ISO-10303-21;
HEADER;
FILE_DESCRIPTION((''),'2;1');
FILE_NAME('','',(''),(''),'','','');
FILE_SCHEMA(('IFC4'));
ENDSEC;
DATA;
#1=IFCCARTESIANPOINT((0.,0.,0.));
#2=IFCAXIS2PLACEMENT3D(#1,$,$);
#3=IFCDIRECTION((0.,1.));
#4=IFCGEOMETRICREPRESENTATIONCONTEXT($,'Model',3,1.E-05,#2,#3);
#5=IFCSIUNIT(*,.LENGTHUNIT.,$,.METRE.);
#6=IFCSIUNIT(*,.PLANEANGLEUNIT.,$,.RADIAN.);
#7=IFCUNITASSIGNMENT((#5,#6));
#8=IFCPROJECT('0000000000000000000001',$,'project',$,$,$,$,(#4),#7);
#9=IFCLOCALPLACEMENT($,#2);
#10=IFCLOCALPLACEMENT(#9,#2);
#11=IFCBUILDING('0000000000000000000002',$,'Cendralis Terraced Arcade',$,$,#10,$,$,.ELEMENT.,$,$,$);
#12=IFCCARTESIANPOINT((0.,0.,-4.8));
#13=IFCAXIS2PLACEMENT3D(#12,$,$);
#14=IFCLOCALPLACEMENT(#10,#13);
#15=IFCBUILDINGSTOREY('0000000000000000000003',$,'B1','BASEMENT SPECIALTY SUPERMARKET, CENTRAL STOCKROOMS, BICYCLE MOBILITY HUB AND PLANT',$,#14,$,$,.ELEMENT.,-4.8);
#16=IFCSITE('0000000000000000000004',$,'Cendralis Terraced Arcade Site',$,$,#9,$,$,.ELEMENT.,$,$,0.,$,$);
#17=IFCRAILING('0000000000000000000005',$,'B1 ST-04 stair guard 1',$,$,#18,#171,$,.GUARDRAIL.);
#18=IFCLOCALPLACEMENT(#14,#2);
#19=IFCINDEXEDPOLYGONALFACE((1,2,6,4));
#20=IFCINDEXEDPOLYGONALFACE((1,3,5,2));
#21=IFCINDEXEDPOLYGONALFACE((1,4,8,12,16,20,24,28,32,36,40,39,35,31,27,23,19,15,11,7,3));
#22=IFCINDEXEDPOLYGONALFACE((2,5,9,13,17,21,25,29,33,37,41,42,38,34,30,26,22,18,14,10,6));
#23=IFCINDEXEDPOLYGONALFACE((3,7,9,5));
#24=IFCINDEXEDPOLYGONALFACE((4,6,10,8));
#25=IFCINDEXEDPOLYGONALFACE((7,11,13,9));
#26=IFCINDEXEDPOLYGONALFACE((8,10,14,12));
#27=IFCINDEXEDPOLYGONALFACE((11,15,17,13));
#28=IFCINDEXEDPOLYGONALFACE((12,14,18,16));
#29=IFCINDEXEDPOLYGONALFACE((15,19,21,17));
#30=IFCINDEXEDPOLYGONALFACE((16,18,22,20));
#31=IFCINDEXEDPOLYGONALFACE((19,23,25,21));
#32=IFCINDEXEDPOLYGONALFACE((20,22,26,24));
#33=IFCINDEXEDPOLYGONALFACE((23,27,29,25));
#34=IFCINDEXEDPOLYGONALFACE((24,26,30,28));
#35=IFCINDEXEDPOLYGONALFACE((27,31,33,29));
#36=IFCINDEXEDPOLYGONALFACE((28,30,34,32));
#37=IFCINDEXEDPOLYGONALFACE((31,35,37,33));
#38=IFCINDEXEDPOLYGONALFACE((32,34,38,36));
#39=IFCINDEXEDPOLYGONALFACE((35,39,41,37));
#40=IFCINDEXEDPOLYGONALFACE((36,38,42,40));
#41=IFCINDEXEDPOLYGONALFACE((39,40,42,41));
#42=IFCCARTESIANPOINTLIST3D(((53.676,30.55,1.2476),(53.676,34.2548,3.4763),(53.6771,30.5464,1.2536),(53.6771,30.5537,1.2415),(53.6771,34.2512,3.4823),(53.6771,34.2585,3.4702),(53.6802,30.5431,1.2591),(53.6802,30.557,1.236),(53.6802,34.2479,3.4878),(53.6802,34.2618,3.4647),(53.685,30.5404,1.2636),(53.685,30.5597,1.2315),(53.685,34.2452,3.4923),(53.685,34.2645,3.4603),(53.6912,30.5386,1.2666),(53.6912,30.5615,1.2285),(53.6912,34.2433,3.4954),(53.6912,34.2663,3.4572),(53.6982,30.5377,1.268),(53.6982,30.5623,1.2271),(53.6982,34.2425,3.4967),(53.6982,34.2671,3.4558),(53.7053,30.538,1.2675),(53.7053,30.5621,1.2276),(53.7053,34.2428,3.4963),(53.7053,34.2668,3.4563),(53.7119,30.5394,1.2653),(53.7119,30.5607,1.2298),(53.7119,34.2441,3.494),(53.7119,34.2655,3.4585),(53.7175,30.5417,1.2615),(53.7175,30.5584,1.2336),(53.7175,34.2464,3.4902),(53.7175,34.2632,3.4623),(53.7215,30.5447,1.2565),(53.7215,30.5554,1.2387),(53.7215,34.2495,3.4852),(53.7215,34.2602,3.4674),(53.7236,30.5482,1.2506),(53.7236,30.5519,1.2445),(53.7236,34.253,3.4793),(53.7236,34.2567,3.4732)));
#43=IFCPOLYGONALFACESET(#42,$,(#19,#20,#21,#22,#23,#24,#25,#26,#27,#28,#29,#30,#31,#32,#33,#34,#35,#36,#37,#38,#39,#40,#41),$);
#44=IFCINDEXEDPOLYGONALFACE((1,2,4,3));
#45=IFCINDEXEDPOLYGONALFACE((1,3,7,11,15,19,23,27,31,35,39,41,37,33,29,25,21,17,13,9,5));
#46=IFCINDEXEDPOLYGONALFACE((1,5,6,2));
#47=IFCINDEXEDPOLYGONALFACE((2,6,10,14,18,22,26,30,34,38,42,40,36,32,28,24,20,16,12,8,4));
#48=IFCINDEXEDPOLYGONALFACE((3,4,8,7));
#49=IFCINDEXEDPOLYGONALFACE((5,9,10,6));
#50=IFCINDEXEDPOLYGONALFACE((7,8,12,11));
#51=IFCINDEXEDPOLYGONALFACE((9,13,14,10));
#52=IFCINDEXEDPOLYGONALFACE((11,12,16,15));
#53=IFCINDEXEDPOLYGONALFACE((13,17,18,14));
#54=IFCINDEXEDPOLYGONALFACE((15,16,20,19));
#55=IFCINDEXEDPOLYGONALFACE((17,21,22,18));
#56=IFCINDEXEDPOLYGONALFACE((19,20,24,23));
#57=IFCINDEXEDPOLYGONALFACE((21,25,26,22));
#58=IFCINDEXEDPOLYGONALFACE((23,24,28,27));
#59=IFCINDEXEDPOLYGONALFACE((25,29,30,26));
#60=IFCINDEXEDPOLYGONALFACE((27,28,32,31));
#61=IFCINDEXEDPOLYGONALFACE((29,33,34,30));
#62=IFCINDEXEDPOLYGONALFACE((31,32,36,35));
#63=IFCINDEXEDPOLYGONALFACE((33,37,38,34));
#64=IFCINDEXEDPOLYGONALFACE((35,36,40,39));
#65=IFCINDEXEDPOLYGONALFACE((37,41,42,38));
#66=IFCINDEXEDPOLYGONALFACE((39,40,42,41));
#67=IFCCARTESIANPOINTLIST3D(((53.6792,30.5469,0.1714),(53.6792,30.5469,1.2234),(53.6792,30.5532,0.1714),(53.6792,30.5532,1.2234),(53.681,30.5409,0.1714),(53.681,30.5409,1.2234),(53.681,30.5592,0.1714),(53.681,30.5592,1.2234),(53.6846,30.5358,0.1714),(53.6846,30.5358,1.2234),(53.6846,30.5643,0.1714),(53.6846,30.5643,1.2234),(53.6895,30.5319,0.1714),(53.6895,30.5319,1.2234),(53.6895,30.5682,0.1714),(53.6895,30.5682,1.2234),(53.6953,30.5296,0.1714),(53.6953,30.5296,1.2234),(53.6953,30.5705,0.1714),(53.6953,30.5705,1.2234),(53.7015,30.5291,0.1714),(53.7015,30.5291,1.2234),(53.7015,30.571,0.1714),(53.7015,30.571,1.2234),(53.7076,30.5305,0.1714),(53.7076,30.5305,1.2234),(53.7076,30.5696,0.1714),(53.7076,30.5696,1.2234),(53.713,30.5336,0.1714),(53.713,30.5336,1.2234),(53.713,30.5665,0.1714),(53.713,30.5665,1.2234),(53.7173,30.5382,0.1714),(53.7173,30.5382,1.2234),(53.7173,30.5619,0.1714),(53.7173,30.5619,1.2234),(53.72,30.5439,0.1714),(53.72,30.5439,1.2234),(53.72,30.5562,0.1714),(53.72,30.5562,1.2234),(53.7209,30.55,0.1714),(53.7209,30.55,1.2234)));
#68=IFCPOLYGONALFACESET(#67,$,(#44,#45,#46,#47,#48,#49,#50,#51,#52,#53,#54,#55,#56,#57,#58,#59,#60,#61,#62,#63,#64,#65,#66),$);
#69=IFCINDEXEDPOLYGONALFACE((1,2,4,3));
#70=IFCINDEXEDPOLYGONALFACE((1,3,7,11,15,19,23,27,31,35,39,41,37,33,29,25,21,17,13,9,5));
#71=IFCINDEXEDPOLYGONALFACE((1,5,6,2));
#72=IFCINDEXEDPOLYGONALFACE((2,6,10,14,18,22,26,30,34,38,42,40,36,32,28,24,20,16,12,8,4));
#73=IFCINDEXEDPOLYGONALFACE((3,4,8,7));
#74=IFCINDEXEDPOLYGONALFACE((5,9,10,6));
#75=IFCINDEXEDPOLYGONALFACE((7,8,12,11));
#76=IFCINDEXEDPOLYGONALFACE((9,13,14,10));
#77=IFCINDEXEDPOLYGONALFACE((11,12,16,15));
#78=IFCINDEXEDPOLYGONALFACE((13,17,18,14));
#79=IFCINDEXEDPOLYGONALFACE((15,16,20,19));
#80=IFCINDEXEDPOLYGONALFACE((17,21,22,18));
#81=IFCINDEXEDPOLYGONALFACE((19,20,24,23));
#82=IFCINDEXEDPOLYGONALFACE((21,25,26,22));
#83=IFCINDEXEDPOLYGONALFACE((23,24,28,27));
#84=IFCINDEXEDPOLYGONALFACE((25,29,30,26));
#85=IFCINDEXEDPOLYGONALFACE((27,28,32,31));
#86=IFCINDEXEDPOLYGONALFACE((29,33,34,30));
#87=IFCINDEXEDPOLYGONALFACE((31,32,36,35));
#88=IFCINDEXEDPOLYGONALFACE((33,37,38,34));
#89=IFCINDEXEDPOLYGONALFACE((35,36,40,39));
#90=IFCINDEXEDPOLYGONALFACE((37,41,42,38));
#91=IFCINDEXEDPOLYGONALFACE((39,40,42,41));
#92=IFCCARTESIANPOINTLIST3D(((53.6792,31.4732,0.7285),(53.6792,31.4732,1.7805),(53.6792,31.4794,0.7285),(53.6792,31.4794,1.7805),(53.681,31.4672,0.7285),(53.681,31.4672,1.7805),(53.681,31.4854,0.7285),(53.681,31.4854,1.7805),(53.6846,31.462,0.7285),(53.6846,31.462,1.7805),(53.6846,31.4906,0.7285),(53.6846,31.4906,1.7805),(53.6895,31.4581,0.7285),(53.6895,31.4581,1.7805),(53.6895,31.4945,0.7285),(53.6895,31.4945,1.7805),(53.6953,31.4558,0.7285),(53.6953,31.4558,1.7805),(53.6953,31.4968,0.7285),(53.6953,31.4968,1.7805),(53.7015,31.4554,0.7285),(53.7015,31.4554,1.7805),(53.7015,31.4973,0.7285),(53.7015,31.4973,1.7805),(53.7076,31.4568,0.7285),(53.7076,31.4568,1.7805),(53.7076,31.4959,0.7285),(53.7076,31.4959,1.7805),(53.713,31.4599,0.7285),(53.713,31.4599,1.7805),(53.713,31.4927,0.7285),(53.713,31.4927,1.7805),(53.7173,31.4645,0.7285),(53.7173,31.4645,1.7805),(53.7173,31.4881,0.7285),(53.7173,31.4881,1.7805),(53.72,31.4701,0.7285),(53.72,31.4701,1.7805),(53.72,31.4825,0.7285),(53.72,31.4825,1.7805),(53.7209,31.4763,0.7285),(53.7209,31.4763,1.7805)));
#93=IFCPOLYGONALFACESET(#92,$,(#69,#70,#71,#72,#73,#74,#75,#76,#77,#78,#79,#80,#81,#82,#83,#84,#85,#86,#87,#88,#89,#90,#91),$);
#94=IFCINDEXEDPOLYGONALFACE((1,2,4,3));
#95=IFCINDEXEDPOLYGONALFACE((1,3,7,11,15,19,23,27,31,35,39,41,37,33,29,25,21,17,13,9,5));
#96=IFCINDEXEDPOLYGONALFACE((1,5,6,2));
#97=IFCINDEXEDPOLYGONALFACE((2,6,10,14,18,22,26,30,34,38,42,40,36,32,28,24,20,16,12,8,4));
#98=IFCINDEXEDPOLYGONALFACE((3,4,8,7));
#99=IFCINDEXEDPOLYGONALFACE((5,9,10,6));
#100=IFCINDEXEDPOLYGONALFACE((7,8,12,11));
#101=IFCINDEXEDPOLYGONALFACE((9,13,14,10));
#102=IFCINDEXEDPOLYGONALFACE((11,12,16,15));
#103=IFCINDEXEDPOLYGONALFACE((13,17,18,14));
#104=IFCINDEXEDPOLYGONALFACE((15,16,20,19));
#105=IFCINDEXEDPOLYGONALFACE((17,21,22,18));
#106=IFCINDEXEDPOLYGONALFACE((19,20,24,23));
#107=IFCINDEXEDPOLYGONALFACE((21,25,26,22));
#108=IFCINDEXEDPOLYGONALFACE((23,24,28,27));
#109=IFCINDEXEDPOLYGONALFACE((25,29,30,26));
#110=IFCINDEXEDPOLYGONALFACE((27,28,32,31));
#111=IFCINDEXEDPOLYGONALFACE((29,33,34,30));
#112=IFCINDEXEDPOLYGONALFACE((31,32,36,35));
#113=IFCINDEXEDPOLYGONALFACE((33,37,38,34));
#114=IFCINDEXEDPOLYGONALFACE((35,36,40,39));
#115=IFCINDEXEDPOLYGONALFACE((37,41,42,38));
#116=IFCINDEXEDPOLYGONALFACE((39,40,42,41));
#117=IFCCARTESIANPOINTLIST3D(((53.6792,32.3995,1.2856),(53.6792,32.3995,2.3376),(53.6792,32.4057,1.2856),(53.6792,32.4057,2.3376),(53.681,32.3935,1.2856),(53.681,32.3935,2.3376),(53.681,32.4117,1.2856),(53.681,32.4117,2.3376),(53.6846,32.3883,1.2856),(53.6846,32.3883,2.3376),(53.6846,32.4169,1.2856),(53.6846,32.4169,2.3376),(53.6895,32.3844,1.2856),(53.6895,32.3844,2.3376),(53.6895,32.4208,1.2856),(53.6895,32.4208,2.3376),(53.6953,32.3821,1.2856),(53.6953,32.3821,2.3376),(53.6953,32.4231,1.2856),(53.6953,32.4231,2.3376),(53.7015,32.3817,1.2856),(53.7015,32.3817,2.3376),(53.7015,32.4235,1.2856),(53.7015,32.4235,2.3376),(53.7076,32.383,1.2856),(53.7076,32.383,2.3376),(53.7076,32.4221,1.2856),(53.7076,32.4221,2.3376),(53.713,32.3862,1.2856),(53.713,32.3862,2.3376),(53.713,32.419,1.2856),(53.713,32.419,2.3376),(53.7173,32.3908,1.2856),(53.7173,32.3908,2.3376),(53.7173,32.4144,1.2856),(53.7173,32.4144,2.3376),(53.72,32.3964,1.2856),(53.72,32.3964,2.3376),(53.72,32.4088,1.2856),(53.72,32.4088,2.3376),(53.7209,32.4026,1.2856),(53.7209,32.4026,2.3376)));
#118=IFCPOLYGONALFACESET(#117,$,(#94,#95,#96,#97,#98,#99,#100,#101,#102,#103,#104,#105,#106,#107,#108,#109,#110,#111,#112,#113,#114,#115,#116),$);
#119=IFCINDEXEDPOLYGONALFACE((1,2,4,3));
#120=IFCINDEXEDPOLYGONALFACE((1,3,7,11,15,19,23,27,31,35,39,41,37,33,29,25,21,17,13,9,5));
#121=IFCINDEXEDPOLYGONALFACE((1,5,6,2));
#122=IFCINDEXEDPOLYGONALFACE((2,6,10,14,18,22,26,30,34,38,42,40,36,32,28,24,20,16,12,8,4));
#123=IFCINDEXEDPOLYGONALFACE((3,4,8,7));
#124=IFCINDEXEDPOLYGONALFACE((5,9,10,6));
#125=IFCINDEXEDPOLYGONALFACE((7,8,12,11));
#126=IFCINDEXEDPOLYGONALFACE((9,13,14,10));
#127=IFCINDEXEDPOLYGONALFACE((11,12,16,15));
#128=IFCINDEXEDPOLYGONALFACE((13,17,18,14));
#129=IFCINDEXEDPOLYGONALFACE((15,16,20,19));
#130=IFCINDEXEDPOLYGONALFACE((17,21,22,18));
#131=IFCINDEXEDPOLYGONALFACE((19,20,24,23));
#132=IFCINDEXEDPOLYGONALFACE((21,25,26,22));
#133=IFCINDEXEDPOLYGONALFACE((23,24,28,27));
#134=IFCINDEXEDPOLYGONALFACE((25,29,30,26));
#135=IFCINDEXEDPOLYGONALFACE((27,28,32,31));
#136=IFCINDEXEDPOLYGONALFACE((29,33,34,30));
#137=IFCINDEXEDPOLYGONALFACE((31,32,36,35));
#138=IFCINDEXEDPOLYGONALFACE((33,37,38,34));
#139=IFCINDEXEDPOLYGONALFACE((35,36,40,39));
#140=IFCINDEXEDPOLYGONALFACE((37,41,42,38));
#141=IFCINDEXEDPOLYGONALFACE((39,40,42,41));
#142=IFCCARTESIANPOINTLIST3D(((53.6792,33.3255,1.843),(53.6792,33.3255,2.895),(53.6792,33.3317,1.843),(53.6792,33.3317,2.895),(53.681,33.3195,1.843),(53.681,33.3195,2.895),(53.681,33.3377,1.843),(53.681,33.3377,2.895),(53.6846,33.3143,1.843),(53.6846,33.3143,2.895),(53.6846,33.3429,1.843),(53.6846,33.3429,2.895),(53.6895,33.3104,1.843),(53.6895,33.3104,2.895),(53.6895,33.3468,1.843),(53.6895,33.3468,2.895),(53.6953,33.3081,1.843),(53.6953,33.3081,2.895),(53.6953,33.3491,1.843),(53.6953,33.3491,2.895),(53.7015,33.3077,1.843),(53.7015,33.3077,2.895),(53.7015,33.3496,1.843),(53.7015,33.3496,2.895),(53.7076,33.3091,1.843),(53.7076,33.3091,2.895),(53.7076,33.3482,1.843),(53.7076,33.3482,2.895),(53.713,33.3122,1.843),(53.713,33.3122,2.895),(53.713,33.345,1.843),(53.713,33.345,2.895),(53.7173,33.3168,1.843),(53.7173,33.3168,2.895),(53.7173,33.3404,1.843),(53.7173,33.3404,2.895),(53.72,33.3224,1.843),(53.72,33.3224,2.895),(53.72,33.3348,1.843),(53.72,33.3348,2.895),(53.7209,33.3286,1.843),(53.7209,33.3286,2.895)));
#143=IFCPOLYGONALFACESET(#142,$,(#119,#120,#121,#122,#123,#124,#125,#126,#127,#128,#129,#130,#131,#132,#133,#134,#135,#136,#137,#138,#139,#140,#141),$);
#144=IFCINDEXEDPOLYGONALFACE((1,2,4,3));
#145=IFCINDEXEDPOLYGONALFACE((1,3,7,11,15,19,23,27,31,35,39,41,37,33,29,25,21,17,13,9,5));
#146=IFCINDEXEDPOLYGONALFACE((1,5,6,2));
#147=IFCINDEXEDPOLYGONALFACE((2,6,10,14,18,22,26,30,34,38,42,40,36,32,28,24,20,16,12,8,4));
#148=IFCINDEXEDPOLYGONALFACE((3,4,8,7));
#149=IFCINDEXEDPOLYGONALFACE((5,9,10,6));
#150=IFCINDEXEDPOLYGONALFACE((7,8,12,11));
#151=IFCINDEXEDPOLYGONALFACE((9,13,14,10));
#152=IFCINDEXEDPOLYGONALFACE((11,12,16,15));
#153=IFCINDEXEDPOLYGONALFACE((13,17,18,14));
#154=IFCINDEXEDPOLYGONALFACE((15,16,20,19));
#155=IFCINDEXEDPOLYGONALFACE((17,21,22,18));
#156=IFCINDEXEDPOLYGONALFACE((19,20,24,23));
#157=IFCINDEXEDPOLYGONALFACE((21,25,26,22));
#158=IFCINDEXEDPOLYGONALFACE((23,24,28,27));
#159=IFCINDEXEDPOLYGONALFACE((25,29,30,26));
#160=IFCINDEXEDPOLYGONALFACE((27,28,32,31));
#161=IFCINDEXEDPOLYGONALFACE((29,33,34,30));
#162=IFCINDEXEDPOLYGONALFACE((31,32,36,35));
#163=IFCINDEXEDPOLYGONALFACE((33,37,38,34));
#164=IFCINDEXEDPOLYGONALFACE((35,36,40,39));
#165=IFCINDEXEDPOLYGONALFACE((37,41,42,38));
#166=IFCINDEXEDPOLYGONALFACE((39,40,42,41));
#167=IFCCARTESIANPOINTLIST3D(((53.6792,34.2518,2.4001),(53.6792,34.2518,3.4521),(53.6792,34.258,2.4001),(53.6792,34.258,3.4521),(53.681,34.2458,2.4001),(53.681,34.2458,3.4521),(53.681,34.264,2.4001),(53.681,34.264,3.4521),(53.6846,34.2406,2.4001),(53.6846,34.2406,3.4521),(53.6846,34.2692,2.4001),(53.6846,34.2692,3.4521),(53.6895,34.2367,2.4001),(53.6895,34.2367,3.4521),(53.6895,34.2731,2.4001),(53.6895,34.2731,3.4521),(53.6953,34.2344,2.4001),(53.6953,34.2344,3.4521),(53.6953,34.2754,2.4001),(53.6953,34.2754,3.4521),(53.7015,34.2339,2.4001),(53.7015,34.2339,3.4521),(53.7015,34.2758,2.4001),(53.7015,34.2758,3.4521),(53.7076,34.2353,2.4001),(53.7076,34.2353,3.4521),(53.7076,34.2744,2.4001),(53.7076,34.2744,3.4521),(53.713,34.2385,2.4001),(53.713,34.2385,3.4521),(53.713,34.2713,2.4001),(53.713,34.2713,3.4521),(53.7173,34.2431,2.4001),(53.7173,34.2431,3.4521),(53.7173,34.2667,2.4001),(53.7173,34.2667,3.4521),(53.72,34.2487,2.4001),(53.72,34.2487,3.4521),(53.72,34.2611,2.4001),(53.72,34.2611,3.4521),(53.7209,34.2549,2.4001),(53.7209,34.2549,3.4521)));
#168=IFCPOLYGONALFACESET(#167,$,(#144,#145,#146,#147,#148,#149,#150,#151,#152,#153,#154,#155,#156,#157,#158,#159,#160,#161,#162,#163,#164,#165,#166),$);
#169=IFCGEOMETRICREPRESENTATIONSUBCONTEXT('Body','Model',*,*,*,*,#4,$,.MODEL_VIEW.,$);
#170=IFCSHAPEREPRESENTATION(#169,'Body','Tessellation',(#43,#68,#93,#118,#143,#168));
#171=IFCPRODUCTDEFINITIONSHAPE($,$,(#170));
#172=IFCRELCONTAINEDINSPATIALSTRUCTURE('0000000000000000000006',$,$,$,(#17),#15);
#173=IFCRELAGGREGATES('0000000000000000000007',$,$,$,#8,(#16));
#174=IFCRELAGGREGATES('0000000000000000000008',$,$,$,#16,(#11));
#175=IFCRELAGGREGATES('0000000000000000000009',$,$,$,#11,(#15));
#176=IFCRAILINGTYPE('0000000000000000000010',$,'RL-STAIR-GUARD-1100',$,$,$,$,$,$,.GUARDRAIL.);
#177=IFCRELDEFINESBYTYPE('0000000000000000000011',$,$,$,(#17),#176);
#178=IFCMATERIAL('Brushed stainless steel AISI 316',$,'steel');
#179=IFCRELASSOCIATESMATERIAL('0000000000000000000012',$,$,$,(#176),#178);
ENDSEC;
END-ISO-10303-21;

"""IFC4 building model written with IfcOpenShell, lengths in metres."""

from ifc_helpers import new_model, si_unit, direction, frame, origin, origin_2d, place, context, subcontext, project, spatial, circle, extrude, material, type_object, element, save


model = new_model("IFC4")

# Units and contexts
model_context = context("Model", 3, precision=1e-05, world=origin(), true_north=direction((0.0, 1.0)))
body_context = subcontext(model_context, "Body", "Model", "MODEL_VIEW")
ifc_project = project(units=[si_unit("LENGTHUNIT", "METRE"), si_unit("PLANEANGLEUNIT", "RADIAN")], contexts=[model_context])

# Site, building, storey
site_placement = place(None, origin())
site = spatial("IfcSite", under=ifc_project, at=site_placement, Name="Cendralis Terraced Arcade Site", CompositionType="ELEMENT", RefElevation=0.0)
building_placement = place(site_placement, origin())
building = spatial("IfcBuilding", under=site, at=building_placement, Name="Cendralis Terraced Arcade", CompositionType="ELEMENT")
storey_placement = place(building_placement, frame((0.0, 0.0, -4.8)))
storey = spatial("IfcBuildingStorey", under=building, at=storey_placement, Name="B1", Description="BASEMENT SPECIALTY SUPERMARKET, CENTRAL STOCKROOMS, BICYCLE MOBILITY HUB AND PLANT", CompositionType="ELEMENT", Elevation=-4.8)

# Railing
ifc_material_1 = material(Name="Brushed stainless steel AISI 316", Category="steel")
railing_type_1 = type_object("IfcRailingType", Name="RL-STAIR-GUARD-1100", PredefinedType="GUARDRAIL", material=ifc_material_1)
railing_1_placement = place(storey_placement, frame((53.7, 30.55, 0.1714)))
element("IfcRailing", 1, at=railing_1_placement, inside=storey, type_object=railing_type_1, Name="B1 ST-04 stair guard 1", PredefinedType="GUARDRAIL", context=body_context, shape_type="SweptSolid", body=[
    extrude(circle(Radius=0.0239, at=origin_2d()), frame((0.0, 0.0, 1.0762), z_axis=(0.0, 0.856894, 0.515492), x_axis=(-1.0, 0.0, 0.0)), (0.0, 0.0, 1.0), 4.3235),
    extrude(circle(Radius=0.021, at=origin_2d()), origin(), (0.0, 0.0, 1.0), 1.052),
    extrude(circle(Radius=0.021, at=origin_2d()), frame((0.0, 0.9263, 0.5571)), (0.0, 0.0, 1.0), 1.052),
    extrude(circle(Radius=0.021, at=origin_2d()), frame((0.0, 1.8525, 1.1143)), (0.0, 0.0, 1.0), 1.052),
    extrude(circle(Radius=0.021, at=origin_2d()), frame((0.0, 2.7786, 1.6716)), (0.0, 0.0, 1.0), 1.052),
    extrude(circle(Radius=0.021, at=origin_2d()), frame((0.0, 3.7048, 2.2288)), (0.0, 0.0, 1.0), 1.052),
])

save(model, "model.ifc")
